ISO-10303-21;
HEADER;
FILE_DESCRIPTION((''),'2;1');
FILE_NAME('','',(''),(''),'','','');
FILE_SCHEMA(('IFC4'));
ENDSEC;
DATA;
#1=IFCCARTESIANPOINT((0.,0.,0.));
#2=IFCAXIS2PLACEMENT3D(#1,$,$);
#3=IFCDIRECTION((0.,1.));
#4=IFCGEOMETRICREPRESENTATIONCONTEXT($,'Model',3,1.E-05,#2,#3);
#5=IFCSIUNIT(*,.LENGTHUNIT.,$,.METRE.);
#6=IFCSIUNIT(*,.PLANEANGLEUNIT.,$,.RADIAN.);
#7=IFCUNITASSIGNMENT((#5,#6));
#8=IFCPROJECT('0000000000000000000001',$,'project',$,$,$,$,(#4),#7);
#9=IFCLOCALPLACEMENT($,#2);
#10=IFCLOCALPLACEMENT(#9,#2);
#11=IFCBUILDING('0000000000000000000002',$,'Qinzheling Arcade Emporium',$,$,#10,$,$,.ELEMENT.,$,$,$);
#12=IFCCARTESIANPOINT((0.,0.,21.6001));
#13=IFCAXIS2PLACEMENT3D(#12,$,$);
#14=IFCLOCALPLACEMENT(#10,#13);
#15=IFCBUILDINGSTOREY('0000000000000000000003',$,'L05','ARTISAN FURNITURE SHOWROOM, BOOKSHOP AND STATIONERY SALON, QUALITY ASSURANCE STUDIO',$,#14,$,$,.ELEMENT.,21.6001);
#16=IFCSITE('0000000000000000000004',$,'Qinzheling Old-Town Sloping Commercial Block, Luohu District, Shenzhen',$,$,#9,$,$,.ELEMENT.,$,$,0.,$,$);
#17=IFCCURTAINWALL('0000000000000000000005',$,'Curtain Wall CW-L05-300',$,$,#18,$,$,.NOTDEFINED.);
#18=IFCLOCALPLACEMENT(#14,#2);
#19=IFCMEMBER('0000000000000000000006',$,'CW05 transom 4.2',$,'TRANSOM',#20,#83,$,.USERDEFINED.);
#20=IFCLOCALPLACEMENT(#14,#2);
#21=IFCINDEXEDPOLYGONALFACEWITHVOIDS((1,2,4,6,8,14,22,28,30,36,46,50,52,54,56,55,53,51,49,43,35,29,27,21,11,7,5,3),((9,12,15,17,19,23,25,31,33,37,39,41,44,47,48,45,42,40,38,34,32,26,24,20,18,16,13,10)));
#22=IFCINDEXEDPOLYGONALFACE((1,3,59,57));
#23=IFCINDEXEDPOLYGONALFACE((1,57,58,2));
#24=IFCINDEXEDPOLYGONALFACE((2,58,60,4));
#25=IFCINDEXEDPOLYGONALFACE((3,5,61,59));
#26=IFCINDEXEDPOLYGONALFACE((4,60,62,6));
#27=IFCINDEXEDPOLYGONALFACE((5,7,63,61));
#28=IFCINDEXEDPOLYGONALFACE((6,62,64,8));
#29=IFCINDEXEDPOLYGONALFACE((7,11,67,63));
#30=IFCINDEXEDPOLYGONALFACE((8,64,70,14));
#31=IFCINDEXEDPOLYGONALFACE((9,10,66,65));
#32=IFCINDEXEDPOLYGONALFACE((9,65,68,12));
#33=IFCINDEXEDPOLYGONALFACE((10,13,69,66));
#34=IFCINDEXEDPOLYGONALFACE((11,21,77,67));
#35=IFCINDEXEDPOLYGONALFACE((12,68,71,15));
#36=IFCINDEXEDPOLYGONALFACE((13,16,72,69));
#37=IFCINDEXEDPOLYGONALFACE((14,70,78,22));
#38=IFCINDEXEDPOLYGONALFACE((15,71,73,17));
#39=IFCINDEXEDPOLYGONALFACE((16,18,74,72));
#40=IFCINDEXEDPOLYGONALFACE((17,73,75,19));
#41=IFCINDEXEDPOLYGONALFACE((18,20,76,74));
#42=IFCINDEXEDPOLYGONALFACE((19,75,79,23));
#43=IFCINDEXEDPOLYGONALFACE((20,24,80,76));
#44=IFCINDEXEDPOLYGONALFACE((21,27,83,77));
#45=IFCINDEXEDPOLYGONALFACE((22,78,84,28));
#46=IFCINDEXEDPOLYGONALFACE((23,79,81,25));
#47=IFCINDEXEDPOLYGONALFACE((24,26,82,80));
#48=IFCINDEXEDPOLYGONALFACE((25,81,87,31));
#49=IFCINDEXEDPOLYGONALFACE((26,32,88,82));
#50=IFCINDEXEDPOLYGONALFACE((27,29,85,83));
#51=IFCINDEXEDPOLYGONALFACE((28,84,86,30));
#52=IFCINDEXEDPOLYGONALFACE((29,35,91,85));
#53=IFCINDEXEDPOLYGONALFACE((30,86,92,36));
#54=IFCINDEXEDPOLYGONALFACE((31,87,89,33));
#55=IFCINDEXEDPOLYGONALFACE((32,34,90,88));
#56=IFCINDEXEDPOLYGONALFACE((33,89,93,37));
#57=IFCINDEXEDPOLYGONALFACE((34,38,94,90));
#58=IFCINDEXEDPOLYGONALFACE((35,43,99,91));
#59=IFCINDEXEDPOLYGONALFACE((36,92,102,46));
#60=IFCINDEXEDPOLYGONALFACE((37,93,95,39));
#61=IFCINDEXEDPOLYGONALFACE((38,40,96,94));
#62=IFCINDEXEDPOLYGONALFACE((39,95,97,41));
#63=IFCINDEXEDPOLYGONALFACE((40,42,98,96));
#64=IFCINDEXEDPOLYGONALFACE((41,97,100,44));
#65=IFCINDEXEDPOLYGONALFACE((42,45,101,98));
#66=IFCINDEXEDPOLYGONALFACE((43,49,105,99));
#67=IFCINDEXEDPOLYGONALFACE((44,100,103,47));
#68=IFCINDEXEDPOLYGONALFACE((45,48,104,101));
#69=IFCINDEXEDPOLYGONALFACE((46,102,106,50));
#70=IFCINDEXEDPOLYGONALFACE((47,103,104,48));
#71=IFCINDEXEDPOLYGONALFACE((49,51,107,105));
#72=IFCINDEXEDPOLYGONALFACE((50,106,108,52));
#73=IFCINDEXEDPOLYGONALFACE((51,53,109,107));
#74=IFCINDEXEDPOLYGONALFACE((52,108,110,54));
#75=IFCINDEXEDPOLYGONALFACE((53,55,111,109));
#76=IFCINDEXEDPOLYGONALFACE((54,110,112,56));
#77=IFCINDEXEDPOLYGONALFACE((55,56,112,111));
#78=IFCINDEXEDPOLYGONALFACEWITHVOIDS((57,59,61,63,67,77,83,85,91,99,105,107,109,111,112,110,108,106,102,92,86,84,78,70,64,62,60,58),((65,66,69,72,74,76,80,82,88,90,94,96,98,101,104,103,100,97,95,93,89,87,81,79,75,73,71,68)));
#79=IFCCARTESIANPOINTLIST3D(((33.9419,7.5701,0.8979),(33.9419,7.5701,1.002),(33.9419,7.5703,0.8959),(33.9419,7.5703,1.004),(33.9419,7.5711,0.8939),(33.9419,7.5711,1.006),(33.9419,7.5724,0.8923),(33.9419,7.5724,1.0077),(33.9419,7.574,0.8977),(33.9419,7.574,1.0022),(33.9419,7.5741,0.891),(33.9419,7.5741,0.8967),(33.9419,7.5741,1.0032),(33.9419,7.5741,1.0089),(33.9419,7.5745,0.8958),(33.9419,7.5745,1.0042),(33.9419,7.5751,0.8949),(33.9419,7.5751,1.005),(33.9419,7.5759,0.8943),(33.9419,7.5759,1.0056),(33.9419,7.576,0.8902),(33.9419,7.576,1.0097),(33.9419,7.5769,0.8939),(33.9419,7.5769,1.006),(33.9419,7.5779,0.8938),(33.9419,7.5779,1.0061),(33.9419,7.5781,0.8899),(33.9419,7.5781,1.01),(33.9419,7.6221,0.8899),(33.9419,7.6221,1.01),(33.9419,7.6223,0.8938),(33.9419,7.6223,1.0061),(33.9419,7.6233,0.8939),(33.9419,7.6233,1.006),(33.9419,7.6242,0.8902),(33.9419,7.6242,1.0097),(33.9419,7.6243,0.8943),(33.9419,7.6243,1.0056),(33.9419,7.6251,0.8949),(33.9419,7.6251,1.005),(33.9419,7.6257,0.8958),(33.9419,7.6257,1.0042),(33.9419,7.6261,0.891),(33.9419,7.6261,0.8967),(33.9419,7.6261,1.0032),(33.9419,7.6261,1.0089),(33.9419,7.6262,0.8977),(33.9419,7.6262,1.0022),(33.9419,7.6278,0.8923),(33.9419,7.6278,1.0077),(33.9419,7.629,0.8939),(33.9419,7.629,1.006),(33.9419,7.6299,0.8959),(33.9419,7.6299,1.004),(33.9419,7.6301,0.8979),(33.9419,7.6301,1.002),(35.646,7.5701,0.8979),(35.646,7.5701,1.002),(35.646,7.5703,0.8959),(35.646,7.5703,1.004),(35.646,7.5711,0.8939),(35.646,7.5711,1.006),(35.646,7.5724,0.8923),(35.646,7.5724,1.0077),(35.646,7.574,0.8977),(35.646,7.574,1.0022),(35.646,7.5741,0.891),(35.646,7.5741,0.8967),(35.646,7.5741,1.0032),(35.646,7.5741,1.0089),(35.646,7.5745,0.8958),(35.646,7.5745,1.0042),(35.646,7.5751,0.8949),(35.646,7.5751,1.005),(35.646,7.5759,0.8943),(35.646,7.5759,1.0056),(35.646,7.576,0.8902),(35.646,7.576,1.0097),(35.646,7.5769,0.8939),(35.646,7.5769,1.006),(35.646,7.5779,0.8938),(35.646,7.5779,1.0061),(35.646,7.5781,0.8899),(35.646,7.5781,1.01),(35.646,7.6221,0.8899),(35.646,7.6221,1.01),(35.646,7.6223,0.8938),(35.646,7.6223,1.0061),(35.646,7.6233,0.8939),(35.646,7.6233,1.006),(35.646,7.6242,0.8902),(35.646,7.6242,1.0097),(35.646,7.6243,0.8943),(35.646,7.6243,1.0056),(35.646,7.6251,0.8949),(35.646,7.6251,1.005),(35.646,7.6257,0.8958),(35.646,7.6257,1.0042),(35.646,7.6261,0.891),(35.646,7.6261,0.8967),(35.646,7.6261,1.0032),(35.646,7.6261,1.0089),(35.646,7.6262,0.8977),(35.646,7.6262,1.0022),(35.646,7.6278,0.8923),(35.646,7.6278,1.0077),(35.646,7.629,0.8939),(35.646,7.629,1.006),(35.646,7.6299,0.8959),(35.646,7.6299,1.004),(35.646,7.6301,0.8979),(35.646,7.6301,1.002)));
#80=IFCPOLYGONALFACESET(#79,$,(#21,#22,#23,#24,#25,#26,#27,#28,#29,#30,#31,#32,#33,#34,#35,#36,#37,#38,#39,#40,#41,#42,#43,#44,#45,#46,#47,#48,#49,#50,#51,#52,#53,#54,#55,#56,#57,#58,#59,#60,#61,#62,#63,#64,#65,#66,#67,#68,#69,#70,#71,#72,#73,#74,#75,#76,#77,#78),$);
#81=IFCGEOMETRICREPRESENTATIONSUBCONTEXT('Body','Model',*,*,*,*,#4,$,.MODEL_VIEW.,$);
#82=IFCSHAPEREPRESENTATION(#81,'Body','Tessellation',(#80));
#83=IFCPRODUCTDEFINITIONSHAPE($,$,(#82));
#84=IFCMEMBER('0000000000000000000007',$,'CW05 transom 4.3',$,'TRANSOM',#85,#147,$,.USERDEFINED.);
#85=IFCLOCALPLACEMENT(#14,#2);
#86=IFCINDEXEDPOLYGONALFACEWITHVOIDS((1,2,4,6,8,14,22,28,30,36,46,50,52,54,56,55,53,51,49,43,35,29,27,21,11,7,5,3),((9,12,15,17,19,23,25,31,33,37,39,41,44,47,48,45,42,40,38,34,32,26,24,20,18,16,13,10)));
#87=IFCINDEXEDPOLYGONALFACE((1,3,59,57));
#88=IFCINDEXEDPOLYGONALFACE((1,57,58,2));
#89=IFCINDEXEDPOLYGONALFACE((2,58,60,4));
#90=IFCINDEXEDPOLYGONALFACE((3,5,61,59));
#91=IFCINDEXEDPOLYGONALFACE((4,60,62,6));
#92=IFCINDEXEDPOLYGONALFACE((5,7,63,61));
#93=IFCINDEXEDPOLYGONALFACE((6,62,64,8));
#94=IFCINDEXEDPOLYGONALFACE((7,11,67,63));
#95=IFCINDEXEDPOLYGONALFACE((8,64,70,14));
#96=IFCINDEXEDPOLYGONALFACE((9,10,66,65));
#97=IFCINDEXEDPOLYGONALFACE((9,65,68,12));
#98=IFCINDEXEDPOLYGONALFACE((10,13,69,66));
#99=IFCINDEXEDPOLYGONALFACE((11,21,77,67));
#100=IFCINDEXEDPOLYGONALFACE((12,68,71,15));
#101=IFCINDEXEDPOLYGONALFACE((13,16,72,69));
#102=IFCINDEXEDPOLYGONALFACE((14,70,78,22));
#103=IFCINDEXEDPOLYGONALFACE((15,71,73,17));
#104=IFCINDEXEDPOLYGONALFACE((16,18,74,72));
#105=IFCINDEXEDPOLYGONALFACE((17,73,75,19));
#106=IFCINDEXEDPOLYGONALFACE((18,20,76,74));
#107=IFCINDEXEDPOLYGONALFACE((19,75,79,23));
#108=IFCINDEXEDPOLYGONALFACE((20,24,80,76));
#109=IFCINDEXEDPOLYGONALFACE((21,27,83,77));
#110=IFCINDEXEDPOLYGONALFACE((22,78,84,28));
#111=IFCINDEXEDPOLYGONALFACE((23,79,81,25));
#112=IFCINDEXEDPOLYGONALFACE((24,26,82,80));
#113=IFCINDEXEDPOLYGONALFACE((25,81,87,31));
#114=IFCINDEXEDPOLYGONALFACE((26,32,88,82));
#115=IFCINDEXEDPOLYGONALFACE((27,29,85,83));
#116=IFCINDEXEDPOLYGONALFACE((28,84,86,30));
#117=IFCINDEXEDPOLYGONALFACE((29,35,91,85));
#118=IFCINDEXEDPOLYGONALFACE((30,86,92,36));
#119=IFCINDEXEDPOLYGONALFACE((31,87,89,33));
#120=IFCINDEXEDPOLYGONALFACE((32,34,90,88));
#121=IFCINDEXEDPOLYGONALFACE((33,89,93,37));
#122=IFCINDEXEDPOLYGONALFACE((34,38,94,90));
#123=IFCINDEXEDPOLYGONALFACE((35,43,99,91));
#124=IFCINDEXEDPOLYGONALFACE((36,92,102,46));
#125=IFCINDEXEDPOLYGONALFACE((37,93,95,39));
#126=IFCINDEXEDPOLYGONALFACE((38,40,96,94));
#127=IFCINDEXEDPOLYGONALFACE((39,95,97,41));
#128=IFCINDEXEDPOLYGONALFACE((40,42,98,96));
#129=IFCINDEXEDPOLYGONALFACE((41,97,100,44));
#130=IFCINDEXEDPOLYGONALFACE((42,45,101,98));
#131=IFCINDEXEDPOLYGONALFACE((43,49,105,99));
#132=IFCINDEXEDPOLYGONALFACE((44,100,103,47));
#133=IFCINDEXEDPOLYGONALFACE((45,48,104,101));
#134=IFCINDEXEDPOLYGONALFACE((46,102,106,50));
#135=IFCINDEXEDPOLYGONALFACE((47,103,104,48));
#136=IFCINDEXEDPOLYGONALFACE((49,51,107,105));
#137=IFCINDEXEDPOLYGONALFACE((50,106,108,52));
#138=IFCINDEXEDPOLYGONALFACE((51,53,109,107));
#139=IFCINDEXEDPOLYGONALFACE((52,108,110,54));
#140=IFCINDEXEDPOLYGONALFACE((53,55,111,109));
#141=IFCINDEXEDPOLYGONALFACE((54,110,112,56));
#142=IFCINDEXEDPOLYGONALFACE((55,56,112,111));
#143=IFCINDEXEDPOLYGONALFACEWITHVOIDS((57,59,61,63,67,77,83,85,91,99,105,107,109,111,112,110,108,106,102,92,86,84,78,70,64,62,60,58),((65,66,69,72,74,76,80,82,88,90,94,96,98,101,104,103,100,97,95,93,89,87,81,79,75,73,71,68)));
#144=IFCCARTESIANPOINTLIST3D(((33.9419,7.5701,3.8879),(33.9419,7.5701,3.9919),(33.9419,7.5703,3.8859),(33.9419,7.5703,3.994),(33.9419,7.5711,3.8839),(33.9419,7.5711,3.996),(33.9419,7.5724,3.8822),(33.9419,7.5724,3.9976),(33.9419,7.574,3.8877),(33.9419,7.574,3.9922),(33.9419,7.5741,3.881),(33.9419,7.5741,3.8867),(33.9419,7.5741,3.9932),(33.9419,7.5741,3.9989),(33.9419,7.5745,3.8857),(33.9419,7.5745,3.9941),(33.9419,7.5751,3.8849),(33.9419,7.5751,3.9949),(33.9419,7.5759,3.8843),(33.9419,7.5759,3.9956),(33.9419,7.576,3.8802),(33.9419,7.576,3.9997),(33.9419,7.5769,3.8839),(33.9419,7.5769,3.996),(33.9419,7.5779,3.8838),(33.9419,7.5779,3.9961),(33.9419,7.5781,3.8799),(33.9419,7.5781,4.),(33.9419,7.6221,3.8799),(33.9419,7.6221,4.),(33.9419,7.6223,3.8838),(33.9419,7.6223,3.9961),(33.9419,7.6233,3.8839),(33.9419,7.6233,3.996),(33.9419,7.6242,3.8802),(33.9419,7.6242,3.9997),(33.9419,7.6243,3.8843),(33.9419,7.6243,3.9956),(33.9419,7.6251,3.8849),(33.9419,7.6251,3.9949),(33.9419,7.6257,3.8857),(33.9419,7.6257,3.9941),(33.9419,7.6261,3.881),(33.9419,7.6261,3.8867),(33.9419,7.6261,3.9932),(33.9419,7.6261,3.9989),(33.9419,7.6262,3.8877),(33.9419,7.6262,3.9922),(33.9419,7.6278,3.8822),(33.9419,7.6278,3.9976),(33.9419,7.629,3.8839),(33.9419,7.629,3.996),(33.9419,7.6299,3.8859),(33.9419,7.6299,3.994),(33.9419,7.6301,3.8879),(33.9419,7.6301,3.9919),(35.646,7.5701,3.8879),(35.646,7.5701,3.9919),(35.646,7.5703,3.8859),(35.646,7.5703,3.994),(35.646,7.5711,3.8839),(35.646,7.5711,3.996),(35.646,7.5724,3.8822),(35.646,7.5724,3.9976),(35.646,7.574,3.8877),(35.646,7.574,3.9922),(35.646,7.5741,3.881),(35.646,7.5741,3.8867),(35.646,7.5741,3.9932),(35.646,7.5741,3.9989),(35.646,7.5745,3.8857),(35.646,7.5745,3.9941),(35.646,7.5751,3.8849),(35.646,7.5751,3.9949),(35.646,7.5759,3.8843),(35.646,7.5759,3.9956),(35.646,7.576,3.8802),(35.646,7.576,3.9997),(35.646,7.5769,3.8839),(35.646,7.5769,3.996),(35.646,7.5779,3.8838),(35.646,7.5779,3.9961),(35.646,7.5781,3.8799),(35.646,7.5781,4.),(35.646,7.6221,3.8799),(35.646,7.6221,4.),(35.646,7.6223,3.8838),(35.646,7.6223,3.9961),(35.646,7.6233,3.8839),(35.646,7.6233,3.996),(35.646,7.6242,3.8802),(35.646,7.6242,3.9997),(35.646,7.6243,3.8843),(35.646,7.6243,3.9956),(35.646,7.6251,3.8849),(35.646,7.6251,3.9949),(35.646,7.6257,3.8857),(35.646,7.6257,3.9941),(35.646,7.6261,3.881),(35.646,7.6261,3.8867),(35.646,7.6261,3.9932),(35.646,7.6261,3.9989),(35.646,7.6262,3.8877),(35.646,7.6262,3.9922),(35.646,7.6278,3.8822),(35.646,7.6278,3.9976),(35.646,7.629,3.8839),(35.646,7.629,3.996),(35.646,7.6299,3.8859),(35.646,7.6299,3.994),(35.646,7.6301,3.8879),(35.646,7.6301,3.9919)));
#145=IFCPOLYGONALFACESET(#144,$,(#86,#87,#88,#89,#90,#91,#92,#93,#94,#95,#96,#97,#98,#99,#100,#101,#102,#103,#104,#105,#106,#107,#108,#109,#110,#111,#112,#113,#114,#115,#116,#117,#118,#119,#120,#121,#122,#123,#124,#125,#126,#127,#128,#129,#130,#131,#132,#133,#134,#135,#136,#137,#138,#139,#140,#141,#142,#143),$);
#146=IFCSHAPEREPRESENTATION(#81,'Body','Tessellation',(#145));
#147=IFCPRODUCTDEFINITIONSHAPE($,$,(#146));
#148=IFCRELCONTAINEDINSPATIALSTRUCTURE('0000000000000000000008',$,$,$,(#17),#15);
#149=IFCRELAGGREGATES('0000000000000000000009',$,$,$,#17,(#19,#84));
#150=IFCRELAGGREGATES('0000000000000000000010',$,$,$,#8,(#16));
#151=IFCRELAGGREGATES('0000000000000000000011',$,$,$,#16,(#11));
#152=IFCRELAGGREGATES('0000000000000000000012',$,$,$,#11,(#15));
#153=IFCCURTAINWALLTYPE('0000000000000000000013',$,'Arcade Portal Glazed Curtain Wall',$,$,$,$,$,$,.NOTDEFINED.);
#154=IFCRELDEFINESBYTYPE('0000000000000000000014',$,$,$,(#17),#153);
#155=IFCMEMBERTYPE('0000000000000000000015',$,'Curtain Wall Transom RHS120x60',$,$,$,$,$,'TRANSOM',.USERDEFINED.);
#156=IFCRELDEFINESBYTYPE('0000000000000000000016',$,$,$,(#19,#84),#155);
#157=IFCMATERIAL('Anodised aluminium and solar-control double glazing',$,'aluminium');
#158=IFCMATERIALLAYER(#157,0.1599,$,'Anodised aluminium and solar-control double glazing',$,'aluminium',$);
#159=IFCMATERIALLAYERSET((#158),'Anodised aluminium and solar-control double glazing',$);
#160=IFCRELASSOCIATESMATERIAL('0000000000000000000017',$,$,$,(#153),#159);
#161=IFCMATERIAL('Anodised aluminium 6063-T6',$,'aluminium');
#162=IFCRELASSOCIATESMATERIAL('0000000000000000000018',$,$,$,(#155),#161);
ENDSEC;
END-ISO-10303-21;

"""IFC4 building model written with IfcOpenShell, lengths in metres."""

from ifc_helpers import new_model, si_unit, direction, frame, origin, origin_2d, place, context, subcontext, project, spatial, hollow_rectangle, extrude, material, layer, layer_set, material_profile, profile_set, type_object, element, aggregate, save


model = new_model("IFC4")

# Units and contexts
model_context = context("Model", 3, precision=1e-05, world=origin(), true_north=direction((0.0, 1.0)))
body_context = subcontext(model_context, "Body", "Model", "MODEL_VIEW")
ifc_project = project(units=[si_unit("LENGTHUNIT", "METRE"), si_unit("PLANEANGLEUNIT", "RADIAN")], contexts=[model_context])

# Site, building, storey
site_placement = place(None, origin())
site = spatial("IfcSite", under=ifc_project, at=site_placement, Name="Qinzheling Old-Town Sloping Commercial Block, Luohu District, Shenzhen", CompositionType="ELEMENT", RefElevation=0.0)
building_placement = place(site_placement, origin())
building = spatial("IfcBuilding", under=site, at=building_placement, Name="Qinzheling Arcade Emporium", CompositionType="ELEMENT")
storey_placement = place(building_placement, frame((0.0, 0.0, 21.6001)))
storey = spatial("IfcBuildingStorey", under=building, at=storey_placement, Name="L05", Description="ARTISAN FURNITURE SHOWROOM, BOOKSHOP AND STATIONERY SALON, QUALITY ASSURANCE STUDIO", CompositionType="ELEMENT", Elevation=21.6001)

# Shared definitions
ifc_material_1 = material(Name="Anodised aluminium and solar-control double glazing", Category="aluminium")
ifc_layer_1 = layer(ifc_material_1, 0.1599, Name="Anodised aluminium and solar-control double glazing", Category="aluminium")
ifc_layer_set_1 = layer_set([ifc_layer_1], Name="Anodised aluminium and solar-control double glazing")
curtain_wall_type = type_object("IfcCurtainWallType", Name="Arcade Portal Glazed Curtain Wall", PredefinedType="NOTDEFINED", material=ifc_layer_set_1)
ifc_material_2 = material(Name="Anodised aluminium 6063-T6", Category="aluminium")

# Curtain wall, members
curtain_wall_1_placement = place(storey_placement, origin())
curtain_wall_1 = element("IfcCurtainWall", 1, at=curtain_wall_1_placement, inside=storey, type_object=curtain_wall_type, Name="Curtain Wall CW-L05-300", PredefinedType="NOTDEFINED")
ifc_material_profile_1 = material_profile(ifc_material_2, hollow_rectangle(XDim=0.0601, YDim=0.1201, WallThickness=0.0039, InnerFilletRadius=0.0039, OuterFilletRadius=0.0081, at=origin_2d()), Name="RHS 120x60x4", Category="aluminium")
ifc_profile_set_1 = profile_set([ifc_material_profile_1], Name="Anodised aluminium 6063-T6")
member_type_1 = type_object("IfcMemberType", Name="Curtain Wall Transom RHS120x60", ElementType="TRANSOM", PredefinedType="USERDEFINED", material=ifc_profile_set_1)
member_1_placement = place(storey_placement, frame((35.646, 7.6001, 0.95), z_axis=(-1.0, 0.0, 0.0), x_axis=(0.0, -1.0, 0.0)))
member_1 = element("IfcMember", 2, at=member_1_placement, type_object=member_type_1, Name="CW05 transom 4.2", ObjectType="TRANSOM", PredefinedType="USERDEFINED", context=body_context, shape_type="SweptSolid", body=[
    extrude(hollow_rectangle(XDim=0.0601, YDim=0.1201, WallThickness=0.0039, InnerFilletRadius=0.0039, OuterFilletRadius=0.0081, at=origin_2d()), origin(), (0.0, 0.0, 1.0), 1.7041),
])
member_2_placement = place(storey_placement, frame((35.646, 7.6001, 3.9399), z_axis=(-1.0, 0.0, 0.0), x_axis=(0.0, -1.0, 0.0)))
member_2 = element("IfcMember", 3, at=member_2_placement, type_object=member_type_1, Name="CW05 transom 4.3", ObjectType="TRANSOM", PredefinedType="USERDEFINED", context=body_context, shape_type="SweptSolid", body=[
    extrude(hollow_rectangle(XDim=0.0601, YDim=0.1201, WallThickness=0.0039, InnerFilletRadius=0.0039, OuterFilletRadius=0.0081, at=origin_2d()), origin(), (0.0, 0.0, 1.0), 1.7041),
])
aggregate(curtain_wall_1, [member_1, member_2])

save(model, "model.ifc")
